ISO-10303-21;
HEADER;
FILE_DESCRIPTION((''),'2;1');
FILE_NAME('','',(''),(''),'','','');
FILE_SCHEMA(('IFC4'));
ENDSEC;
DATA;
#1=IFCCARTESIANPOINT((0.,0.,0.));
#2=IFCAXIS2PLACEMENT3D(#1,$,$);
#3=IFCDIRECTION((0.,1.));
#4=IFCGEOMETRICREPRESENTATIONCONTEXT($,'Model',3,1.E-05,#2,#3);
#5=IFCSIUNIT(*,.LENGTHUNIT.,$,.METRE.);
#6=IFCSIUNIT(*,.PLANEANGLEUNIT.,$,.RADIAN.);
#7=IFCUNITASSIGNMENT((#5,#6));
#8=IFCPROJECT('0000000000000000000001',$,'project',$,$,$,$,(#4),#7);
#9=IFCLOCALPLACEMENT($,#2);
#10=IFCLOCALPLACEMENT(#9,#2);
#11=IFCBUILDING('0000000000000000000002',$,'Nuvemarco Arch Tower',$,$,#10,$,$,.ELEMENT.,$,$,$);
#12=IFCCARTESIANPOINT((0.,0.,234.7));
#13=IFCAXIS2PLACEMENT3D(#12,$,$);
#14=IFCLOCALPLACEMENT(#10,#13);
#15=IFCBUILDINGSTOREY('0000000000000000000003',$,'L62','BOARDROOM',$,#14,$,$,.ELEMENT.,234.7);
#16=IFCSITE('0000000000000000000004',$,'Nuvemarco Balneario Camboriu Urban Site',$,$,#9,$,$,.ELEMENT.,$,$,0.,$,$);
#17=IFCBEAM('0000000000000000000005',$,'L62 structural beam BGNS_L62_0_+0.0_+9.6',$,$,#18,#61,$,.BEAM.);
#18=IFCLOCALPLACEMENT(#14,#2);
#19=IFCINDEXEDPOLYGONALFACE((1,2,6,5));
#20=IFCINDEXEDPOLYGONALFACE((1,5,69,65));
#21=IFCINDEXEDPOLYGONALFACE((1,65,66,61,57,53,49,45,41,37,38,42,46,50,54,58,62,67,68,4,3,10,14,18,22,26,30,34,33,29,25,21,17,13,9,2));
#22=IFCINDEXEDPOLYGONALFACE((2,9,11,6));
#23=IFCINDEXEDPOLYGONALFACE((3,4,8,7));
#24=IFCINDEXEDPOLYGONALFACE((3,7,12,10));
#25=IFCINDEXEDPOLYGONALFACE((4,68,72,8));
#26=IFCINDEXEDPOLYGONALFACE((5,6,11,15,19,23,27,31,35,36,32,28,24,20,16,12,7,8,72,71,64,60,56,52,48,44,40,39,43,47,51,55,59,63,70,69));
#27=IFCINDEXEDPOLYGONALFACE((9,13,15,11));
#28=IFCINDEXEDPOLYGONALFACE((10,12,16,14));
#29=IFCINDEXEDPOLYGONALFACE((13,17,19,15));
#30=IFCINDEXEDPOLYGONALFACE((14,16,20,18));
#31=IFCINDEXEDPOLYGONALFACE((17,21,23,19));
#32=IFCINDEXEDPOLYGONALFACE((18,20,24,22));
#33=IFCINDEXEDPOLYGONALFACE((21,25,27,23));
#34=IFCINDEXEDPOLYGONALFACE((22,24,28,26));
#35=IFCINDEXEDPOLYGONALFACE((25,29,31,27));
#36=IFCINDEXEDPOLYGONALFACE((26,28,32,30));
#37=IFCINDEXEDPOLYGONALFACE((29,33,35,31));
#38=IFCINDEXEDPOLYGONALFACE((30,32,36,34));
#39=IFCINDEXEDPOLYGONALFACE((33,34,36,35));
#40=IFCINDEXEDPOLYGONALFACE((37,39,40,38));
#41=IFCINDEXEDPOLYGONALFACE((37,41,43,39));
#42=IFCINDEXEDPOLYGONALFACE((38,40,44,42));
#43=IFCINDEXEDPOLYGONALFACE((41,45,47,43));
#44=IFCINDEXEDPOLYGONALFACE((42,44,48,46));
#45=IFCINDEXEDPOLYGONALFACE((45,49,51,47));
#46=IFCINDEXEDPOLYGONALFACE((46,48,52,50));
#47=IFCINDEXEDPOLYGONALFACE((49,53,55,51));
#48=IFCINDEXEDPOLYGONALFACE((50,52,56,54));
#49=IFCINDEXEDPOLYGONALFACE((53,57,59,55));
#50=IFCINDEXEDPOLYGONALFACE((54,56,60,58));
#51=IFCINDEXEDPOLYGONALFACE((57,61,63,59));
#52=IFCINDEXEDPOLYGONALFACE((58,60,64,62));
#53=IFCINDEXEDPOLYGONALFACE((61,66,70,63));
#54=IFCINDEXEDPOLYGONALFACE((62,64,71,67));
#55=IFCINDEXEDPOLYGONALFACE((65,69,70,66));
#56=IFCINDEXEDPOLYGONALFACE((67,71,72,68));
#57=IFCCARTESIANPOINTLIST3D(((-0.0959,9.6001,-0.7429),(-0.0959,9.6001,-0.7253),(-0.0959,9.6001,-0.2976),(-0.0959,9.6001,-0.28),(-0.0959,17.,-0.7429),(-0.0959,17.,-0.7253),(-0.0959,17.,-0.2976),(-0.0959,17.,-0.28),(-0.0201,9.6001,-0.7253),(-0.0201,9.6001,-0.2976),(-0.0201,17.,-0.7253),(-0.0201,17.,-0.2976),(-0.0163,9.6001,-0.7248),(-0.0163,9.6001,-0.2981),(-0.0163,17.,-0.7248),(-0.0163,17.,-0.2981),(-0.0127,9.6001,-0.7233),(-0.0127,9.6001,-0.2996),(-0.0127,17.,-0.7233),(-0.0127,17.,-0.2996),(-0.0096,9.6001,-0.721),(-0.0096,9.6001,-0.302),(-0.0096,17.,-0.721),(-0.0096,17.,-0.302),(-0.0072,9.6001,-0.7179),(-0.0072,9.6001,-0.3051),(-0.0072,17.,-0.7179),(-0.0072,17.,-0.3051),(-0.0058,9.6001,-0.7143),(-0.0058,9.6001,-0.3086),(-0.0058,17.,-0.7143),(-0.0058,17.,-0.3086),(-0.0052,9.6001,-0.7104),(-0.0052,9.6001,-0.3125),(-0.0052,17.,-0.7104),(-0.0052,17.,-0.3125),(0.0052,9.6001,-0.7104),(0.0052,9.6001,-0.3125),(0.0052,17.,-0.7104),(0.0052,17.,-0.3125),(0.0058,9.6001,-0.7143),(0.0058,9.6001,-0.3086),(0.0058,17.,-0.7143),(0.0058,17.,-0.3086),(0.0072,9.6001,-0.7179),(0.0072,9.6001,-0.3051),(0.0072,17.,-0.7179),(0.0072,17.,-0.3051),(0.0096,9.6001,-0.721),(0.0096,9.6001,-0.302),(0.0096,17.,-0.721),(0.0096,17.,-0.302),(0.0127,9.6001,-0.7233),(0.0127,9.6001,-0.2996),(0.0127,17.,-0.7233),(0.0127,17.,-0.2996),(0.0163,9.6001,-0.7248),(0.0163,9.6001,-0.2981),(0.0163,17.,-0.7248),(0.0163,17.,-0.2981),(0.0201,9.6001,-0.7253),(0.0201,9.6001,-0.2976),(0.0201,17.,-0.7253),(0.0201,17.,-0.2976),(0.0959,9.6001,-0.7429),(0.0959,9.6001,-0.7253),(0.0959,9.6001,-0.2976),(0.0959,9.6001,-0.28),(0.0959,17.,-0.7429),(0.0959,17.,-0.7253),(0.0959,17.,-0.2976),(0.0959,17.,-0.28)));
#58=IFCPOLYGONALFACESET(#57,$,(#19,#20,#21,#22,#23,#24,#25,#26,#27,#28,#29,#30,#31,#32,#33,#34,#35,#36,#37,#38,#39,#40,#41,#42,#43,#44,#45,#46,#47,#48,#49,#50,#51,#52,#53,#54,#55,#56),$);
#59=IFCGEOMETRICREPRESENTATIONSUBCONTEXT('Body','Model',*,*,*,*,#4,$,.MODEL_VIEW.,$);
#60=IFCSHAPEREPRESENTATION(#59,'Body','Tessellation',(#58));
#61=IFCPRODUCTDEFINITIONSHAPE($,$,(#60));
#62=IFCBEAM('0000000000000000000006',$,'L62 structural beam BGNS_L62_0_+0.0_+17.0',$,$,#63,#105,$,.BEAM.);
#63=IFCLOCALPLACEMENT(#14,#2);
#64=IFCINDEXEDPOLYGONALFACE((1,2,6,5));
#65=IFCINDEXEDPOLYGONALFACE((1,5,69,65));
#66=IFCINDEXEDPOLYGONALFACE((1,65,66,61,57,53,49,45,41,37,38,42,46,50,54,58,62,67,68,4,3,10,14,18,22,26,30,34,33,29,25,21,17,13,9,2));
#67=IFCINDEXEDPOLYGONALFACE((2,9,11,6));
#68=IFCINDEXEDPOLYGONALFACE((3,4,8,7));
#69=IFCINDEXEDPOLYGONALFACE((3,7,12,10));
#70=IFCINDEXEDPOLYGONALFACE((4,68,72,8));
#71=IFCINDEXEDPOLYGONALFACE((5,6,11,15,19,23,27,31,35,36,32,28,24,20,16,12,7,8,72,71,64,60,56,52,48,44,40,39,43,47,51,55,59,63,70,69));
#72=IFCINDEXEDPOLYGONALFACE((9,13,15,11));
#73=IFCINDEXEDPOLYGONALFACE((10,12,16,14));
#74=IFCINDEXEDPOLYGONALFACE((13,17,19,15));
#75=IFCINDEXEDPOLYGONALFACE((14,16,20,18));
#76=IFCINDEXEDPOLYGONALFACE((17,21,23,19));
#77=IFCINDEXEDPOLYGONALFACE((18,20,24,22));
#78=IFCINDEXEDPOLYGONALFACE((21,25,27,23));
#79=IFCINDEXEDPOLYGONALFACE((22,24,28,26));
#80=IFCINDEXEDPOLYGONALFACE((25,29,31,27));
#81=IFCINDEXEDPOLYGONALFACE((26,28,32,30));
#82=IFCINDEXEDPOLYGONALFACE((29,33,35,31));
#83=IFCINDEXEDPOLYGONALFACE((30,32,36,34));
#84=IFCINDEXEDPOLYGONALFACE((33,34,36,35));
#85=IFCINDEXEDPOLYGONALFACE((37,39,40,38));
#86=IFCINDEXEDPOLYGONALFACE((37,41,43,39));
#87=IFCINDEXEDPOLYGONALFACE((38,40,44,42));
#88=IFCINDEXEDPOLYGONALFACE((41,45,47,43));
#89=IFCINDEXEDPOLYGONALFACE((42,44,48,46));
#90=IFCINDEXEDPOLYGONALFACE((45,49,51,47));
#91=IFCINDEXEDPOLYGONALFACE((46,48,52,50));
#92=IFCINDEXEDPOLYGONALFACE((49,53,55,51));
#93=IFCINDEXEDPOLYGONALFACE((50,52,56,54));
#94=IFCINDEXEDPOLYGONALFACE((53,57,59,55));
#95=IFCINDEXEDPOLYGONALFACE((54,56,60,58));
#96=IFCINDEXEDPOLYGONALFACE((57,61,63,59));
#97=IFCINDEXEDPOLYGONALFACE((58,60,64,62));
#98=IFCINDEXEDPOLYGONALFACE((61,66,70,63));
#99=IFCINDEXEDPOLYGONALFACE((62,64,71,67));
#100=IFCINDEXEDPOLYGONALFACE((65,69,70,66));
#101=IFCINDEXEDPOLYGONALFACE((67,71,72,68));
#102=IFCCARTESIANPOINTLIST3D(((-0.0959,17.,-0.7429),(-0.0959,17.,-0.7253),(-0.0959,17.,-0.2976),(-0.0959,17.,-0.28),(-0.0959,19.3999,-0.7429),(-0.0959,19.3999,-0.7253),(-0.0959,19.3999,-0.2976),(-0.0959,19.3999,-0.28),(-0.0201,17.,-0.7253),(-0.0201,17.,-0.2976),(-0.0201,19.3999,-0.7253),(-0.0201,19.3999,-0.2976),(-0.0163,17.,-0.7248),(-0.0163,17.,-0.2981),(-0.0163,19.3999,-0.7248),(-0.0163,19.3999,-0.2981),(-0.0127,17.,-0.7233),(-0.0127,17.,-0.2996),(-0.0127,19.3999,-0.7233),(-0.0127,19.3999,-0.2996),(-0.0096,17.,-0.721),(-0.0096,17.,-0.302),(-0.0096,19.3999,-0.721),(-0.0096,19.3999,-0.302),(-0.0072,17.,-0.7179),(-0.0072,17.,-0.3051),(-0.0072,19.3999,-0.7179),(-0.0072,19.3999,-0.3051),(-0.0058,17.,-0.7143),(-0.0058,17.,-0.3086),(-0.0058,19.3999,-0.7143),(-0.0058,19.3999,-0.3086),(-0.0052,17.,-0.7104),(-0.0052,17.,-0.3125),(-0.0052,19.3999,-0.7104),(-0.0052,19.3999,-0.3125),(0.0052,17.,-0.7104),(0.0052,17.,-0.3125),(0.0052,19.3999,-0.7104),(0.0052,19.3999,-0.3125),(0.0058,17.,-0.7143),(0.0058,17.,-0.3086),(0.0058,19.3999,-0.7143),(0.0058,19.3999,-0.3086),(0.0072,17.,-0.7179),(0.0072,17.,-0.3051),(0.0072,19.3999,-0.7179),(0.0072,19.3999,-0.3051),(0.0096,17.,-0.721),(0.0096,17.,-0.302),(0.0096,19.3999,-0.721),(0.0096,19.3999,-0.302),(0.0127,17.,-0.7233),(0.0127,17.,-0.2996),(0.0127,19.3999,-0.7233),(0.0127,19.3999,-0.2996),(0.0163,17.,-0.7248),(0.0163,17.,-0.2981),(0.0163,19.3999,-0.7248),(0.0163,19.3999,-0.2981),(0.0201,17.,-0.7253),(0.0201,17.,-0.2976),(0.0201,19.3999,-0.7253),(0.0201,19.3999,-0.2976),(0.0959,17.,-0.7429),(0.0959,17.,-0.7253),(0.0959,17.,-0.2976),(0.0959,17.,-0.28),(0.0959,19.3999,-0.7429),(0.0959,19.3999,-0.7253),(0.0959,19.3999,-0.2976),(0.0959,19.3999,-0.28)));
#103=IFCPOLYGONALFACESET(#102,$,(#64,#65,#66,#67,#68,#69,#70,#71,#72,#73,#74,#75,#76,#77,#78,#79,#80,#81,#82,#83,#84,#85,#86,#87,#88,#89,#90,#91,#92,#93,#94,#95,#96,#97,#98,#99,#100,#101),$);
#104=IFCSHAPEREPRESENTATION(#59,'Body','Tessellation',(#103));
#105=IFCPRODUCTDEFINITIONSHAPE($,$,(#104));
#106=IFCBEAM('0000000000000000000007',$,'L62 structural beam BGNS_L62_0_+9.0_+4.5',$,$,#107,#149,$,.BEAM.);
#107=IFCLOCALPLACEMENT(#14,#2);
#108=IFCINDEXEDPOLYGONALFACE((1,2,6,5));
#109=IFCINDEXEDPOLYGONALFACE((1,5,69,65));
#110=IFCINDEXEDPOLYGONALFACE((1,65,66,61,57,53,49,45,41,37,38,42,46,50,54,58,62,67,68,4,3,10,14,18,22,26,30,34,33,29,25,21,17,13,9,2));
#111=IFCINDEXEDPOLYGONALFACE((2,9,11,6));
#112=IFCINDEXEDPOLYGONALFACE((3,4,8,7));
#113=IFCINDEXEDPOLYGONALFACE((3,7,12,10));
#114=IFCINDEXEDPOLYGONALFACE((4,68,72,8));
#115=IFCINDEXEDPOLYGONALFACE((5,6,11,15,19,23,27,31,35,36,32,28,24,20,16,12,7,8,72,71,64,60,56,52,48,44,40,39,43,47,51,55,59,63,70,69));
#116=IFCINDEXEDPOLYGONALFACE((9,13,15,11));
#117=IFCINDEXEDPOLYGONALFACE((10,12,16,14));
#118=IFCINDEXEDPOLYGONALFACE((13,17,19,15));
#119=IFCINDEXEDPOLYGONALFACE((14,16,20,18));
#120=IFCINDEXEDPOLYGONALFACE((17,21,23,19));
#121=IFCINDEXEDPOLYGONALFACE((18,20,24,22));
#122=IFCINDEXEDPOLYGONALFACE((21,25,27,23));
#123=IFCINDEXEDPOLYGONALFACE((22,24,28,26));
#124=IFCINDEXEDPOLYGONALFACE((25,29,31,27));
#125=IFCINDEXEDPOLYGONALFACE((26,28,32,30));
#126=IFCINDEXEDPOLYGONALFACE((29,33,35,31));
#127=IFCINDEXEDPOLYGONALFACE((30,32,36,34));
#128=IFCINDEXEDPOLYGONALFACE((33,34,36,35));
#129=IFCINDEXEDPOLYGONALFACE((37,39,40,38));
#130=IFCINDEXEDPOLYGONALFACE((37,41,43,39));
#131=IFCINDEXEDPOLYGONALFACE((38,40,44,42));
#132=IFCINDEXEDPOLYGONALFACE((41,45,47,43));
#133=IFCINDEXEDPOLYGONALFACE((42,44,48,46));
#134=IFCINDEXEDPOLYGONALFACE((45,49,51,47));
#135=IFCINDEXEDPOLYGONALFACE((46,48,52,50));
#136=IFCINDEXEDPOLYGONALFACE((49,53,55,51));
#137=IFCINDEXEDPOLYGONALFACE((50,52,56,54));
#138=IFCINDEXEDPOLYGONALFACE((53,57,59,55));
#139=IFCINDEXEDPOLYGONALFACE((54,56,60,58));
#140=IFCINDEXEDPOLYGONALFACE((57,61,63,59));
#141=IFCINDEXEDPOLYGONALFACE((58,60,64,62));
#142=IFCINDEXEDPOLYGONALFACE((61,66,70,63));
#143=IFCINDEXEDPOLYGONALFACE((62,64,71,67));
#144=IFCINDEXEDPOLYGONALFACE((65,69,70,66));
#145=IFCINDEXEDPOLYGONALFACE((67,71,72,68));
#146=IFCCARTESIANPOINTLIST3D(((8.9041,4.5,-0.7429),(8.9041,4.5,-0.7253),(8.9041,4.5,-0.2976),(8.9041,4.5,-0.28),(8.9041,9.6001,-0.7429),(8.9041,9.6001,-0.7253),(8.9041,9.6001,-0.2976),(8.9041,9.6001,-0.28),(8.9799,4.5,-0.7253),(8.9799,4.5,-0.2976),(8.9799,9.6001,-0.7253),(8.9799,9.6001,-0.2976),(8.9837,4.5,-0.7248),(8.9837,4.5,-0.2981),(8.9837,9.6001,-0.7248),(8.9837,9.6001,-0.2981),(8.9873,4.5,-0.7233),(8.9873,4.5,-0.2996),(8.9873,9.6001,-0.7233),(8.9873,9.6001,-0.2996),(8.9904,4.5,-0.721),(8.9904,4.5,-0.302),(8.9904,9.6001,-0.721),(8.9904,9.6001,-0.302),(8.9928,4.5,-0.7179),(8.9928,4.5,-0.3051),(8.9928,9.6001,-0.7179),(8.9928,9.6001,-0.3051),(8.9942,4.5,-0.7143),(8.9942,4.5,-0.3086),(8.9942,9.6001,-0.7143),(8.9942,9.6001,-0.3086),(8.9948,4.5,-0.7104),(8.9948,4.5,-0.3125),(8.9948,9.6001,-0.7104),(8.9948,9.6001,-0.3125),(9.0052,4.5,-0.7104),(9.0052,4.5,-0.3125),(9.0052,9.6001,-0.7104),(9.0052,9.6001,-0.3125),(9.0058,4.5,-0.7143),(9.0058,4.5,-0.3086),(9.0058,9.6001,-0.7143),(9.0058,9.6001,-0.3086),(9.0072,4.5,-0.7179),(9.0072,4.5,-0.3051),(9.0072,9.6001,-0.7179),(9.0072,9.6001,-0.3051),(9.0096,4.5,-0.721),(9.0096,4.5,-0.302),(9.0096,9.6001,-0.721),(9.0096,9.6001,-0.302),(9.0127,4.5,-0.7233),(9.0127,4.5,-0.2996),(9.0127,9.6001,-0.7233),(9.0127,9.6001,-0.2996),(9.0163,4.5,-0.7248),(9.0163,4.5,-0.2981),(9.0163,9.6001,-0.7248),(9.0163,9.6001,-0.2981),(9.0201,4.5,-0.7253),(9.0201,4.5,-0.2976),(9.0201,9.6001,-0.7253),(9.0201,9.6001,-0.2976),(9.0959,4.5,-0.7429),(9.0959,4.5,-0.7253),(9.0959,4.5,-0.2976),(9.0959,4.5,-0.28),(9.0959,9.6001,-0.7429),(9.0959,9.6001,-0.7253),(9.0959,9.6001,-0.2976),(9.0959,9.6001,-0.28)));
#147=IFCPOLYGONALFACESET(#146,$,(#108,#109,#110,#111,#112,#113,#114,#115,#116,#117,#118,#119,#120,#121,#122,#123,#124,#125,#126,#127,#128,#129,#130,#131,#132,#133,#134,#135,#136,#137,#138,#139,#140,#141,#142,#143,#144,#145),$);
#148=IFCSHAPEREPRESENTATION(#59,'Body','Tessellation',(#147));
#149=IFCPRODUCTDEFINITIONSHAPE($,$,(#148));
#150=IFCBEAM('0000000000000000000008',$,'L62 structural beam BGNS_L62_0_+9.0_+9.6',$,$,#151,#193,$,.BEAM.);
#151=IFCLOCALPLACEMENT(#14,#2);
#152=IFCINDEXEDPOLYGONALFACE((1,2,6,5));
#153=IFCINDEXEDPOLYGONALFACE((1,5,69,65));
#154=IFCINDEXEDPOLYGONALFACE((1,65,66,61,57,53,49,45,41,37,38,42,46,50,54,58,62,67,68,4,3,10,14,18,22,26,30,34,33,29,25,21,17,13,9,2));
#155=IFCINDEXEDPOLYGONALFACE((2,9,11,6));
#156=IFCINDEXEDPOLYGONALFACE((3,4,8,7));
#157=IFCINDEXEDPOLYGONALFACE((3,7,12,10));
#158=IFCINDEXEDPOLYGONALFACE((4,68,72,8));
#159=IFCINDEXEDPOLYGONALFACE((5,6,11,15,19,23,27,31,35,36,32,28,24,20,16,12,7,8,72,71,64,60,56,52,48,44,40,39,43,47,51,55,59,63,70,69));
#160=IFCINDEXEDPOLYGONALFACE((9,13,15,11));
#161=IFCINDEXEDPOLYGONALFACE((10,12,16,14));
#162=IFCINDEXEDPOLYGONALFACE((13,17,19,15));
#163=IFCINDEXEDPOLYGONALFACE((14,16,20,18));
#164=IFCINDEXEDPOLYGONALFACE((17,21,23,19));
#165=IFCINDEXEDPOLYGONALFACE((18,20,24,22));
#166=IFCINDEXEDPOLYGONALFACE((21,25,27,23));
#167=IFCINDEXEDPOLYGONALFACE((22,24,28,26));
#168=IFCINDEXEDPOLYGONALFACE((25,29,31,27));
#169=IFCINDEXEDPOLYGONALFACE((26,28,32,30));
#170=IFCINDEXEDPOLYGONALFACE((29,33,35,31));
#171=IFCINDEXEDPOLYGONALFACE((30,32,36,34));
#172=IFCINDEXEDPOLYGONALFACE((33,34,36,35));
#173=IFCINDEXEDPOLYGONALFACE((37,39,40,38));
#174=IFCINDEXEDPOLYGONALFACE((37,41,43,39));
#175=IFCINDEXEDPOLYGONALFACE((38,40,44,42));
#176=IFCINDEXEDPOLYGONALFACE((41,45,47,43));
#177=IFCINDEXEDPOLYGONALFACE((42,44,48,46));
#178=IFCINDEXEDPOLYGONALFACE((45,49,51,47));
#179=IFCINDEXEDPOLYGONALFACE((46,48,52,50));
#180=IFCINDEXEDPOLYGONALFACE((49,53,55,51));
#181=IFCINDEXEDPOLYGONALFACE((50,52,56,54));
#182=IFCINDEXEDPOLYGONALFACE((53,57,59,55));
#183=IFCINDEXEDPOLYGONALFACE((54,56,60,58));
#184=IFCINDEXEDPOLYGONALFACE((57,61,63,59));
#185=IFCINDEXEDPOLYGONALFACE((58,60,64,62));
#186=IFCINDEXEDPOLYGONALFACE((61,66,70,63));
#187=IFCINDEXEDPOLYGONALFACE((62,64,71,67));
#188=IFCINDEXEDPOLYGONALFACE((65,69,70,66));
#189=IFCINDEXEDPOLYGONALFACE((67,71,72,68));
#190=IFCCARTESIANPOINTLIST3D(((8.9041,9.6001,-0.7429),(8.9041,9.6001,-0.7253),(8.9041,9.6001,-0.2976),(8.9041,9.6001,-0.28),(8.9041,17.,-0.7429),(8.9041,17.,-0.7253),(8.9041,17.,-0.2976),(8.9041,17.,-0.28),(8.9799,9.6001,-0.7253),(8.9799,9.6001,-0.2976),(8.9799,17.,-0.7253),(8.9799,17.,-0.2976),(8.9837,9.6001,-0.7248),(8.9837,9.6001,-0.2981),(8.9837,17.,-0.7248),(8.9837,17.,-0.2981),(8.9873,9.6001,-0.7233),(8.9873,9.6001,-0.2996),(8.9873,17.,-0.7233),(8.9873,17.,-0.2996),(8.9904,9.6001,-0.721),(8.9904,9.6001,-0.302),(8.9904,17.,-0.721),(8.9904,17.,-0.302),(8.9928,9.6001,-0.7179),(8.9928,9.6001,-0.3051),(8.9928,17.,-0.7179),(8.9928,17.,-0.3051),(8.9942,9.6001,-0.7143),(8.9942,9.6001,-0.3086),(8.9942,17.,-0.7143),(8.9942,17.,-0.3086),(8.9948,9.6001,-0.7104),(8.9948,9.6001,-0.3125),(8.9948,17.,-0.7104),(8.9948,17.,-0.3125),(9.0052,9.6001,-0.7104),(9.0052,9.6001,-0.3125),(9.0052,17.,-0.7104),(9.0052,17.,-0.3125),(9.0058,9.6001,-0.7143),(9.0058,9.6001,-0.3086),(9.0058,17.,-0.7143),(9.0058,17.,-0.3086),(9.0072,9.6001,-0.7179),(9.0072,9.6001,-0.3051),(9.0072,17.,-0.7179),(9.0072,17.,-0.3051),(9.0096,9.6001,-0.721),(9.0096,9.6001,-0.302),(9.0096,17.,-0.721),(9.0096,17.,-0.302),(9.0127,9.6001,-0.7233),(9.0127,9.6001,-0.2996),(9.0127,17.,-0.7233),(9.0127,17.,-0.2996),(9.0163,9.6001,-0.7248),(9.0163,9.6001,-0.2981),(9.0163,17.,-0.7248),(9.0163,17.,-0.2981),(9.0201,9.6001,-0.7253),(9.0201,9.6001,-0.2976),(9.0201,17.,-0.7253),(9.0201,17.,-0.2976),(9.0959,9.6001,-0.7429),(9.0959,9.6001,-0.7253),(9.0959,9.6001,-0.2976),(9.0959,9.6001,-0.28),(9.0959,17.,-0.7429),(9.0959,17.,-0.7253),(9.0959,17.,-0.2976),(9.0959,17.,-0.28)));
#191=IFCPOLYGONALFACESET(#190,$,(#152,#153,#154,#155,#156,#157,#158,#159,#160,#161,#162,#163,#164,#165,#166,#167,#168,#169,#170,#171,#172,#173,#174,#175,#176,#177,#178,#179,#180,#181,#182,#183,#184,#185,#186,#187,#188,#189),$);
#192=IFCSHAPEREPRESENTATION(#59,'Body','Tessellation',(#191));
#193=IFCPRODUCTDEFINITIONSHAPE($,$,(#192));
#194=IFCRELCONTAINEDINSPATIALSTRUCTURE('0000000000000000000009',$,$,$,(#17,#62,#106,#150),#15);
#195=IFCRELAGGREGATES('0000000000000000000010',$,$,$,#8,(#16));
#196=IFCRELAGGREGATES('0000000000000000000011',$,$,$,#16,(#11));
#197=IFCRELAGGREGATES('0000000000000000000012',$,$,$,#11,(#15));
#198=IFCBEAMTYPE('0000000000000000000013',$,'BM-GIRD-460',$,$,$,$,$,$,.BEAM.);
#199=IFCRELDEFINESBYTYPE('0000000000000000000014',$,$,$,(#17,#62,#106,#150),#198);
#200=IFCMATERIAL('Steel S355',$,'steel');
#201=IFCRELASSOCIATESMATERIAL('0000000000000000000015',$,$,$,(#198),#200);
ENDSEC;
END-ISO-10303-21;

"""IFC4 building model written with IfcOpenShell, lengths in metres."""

from ifc_helpers import new_model, si_unit, direction, frame, origin, origin_2d, place, context, subcontext, project, spatial, i_section, extrude, material, material_profile, profile_set, type_object, element, save


model = new_model("IFC4")

# Units and contexts
model_context = context("Model", 3, precision=1e-05, world=origin(), true_north=direction((0.0, 1.0)))
body_context = subcontext(model_context, "Body", "Model", "MODEL_VIEW")
ifc_project = project(units=[si_unit("LENGTHUNIT", "METRE"), si_unit("PLANEANGLEUNIT", "RADIAN")], contexts=[model_context])

# Site, building, storey
site_placement = place(None, origin())
site = spatial("IfcSite", under=ifc_project, at=site_placement, Name="Nuvemarco Balneario Camboriu Urban Site", CompositionType="ELEMENT", RefElevation=0.0)
building_placement = place(site_placement, origin())
building = spatial("IfcBuilding", under=site, at=building_placement, Name="Nuvemarco Arch Tower", CompositionType="ELEMENT")
storey_placement = place(building_placement, frame((0.0, 0.0, 234.7)))
storey = spatial("IfcBuildingStorey", under=building, at=storey_placement, Name="L62", Description="BOARDROOM", CompositionType="ELEMENT", Elevation=234.7)

# Shared definitions
ifc_material_1 = material(Name="Steel S355", Category="steel")

# Beams
ifc_material_profile_1 = material_profile(ifc_material_1, i_section(OverallWidth=0.1919, OverallDepth=0.4629, WebThickness=0.0105, FlangeThickness=0.0176, FilletRadius=0.0149, at=origin_2d()), Name="W460x89")
ifc_profile_set_1 = profile_set([ifc_material_profile_1], Name="Steel S355")
beam_type_1 = type_object("IfcBeamType", Name="BM-GIRD-460", PredefinedType="BEAM", material=ifc_profile_set_1)
beam_1_placement = place(storey_placement, frame((0.0, 9.6001, -0.5115), z_axis=(0.0, 1.0, 0.0), x_axis=(-1.0, 0.0, 0.0)))
element("IfcBeam", 1, at=beam_1_placement, inside=storey, type_object=beam_type_1, Name="L62 structural beam BGNS_L62_0_+0.0_+9.6", PredefinedType="BEAM", context=body_context, shape_type="SweptSolid", body=[
    extrude(i_section(OverallWidth=0.1919, OverallDepth=0.4629, WebThickness=0.0105, FlangeThickness=0.0176, FilletRadius=0.0149, at=origin_2d()), origin(), (0.0, 0.0, 1.0), 7.3999),
])
beam_2_placement = place(storey_placement, frame((0.0, 17.0, -0.5115), z_axis=(0.0, 1.0, 0.0), x_axis=(-1.0, 0.0, 0.0)))
element("IfcBeam", 2, at=beam_2_placement, inside=storey, type_object=beam_type_1, Name="L62 structural beam BGNS_L62_0_+0.0_+17.0", PredefinedType="BEAM", context=body_context, shape_type="SweptSolid", body=[
    extrude(i_section(OverallWidth=0.1919, OverallDepth=0.4629, WebThickness=0.0105, FlangeThickness=0.0176, FilletRadius=0.0149, at=origin_2d()), origin(), (0.0, 0.0, 1.0), 2.3999),
])
beam_3_placement = place(storey_placement, frame((9.0, 4.5, -0.5115), z_axis=(0.0, 1.0, 0.0), x_axis=(-1.0, 0.0, 0.0)))
element("IfcBeam", 3, at=beam_3_placement, inside=storey, type_object=beam_type_1, Name="L62 structural beam BGNS_L62_0_+9.0_+4.5", PredefinedType="BEAM", context=body_context, shape_type="SweptSolid", body=[
    extrude(i_section(OverallWidth=0.1919, OverallDepth=0.4629, WebThickness=0.0105, FlangeThickness=0.0176, FilletRadius=0.0149, at=origin_2d()), origin(), (0.0, 0.0, 1.0), 5.1001),
])
beam_4_placement = place(storey_placement, frame((9.0, 9.6001, -0.5115), z_axis=(0.0, 1.0, 0.0), x_axis=(-1.0, 0.0, 0.0)))
element("IfcBeam", 4, at=beam_4_placement, inside=storey, type_object=beam_type_1, Name="L62 structural beam BGNS_L62_0_+9.0_+9.6", PredefinedType="BEAM", context=body_context, shape_type="SweptSolid", body=[
    extrude(i_section(OverallWidth=0.1919, OverallDepth=0.4629, WebThickness=0.0105, FlangeThickness=0.0176, FilletRadius=0.0149, at=origin_2d()), origin(), (0.0, 0.0, 1.0), 7.3999),
])

save(model, "model.ifc")
